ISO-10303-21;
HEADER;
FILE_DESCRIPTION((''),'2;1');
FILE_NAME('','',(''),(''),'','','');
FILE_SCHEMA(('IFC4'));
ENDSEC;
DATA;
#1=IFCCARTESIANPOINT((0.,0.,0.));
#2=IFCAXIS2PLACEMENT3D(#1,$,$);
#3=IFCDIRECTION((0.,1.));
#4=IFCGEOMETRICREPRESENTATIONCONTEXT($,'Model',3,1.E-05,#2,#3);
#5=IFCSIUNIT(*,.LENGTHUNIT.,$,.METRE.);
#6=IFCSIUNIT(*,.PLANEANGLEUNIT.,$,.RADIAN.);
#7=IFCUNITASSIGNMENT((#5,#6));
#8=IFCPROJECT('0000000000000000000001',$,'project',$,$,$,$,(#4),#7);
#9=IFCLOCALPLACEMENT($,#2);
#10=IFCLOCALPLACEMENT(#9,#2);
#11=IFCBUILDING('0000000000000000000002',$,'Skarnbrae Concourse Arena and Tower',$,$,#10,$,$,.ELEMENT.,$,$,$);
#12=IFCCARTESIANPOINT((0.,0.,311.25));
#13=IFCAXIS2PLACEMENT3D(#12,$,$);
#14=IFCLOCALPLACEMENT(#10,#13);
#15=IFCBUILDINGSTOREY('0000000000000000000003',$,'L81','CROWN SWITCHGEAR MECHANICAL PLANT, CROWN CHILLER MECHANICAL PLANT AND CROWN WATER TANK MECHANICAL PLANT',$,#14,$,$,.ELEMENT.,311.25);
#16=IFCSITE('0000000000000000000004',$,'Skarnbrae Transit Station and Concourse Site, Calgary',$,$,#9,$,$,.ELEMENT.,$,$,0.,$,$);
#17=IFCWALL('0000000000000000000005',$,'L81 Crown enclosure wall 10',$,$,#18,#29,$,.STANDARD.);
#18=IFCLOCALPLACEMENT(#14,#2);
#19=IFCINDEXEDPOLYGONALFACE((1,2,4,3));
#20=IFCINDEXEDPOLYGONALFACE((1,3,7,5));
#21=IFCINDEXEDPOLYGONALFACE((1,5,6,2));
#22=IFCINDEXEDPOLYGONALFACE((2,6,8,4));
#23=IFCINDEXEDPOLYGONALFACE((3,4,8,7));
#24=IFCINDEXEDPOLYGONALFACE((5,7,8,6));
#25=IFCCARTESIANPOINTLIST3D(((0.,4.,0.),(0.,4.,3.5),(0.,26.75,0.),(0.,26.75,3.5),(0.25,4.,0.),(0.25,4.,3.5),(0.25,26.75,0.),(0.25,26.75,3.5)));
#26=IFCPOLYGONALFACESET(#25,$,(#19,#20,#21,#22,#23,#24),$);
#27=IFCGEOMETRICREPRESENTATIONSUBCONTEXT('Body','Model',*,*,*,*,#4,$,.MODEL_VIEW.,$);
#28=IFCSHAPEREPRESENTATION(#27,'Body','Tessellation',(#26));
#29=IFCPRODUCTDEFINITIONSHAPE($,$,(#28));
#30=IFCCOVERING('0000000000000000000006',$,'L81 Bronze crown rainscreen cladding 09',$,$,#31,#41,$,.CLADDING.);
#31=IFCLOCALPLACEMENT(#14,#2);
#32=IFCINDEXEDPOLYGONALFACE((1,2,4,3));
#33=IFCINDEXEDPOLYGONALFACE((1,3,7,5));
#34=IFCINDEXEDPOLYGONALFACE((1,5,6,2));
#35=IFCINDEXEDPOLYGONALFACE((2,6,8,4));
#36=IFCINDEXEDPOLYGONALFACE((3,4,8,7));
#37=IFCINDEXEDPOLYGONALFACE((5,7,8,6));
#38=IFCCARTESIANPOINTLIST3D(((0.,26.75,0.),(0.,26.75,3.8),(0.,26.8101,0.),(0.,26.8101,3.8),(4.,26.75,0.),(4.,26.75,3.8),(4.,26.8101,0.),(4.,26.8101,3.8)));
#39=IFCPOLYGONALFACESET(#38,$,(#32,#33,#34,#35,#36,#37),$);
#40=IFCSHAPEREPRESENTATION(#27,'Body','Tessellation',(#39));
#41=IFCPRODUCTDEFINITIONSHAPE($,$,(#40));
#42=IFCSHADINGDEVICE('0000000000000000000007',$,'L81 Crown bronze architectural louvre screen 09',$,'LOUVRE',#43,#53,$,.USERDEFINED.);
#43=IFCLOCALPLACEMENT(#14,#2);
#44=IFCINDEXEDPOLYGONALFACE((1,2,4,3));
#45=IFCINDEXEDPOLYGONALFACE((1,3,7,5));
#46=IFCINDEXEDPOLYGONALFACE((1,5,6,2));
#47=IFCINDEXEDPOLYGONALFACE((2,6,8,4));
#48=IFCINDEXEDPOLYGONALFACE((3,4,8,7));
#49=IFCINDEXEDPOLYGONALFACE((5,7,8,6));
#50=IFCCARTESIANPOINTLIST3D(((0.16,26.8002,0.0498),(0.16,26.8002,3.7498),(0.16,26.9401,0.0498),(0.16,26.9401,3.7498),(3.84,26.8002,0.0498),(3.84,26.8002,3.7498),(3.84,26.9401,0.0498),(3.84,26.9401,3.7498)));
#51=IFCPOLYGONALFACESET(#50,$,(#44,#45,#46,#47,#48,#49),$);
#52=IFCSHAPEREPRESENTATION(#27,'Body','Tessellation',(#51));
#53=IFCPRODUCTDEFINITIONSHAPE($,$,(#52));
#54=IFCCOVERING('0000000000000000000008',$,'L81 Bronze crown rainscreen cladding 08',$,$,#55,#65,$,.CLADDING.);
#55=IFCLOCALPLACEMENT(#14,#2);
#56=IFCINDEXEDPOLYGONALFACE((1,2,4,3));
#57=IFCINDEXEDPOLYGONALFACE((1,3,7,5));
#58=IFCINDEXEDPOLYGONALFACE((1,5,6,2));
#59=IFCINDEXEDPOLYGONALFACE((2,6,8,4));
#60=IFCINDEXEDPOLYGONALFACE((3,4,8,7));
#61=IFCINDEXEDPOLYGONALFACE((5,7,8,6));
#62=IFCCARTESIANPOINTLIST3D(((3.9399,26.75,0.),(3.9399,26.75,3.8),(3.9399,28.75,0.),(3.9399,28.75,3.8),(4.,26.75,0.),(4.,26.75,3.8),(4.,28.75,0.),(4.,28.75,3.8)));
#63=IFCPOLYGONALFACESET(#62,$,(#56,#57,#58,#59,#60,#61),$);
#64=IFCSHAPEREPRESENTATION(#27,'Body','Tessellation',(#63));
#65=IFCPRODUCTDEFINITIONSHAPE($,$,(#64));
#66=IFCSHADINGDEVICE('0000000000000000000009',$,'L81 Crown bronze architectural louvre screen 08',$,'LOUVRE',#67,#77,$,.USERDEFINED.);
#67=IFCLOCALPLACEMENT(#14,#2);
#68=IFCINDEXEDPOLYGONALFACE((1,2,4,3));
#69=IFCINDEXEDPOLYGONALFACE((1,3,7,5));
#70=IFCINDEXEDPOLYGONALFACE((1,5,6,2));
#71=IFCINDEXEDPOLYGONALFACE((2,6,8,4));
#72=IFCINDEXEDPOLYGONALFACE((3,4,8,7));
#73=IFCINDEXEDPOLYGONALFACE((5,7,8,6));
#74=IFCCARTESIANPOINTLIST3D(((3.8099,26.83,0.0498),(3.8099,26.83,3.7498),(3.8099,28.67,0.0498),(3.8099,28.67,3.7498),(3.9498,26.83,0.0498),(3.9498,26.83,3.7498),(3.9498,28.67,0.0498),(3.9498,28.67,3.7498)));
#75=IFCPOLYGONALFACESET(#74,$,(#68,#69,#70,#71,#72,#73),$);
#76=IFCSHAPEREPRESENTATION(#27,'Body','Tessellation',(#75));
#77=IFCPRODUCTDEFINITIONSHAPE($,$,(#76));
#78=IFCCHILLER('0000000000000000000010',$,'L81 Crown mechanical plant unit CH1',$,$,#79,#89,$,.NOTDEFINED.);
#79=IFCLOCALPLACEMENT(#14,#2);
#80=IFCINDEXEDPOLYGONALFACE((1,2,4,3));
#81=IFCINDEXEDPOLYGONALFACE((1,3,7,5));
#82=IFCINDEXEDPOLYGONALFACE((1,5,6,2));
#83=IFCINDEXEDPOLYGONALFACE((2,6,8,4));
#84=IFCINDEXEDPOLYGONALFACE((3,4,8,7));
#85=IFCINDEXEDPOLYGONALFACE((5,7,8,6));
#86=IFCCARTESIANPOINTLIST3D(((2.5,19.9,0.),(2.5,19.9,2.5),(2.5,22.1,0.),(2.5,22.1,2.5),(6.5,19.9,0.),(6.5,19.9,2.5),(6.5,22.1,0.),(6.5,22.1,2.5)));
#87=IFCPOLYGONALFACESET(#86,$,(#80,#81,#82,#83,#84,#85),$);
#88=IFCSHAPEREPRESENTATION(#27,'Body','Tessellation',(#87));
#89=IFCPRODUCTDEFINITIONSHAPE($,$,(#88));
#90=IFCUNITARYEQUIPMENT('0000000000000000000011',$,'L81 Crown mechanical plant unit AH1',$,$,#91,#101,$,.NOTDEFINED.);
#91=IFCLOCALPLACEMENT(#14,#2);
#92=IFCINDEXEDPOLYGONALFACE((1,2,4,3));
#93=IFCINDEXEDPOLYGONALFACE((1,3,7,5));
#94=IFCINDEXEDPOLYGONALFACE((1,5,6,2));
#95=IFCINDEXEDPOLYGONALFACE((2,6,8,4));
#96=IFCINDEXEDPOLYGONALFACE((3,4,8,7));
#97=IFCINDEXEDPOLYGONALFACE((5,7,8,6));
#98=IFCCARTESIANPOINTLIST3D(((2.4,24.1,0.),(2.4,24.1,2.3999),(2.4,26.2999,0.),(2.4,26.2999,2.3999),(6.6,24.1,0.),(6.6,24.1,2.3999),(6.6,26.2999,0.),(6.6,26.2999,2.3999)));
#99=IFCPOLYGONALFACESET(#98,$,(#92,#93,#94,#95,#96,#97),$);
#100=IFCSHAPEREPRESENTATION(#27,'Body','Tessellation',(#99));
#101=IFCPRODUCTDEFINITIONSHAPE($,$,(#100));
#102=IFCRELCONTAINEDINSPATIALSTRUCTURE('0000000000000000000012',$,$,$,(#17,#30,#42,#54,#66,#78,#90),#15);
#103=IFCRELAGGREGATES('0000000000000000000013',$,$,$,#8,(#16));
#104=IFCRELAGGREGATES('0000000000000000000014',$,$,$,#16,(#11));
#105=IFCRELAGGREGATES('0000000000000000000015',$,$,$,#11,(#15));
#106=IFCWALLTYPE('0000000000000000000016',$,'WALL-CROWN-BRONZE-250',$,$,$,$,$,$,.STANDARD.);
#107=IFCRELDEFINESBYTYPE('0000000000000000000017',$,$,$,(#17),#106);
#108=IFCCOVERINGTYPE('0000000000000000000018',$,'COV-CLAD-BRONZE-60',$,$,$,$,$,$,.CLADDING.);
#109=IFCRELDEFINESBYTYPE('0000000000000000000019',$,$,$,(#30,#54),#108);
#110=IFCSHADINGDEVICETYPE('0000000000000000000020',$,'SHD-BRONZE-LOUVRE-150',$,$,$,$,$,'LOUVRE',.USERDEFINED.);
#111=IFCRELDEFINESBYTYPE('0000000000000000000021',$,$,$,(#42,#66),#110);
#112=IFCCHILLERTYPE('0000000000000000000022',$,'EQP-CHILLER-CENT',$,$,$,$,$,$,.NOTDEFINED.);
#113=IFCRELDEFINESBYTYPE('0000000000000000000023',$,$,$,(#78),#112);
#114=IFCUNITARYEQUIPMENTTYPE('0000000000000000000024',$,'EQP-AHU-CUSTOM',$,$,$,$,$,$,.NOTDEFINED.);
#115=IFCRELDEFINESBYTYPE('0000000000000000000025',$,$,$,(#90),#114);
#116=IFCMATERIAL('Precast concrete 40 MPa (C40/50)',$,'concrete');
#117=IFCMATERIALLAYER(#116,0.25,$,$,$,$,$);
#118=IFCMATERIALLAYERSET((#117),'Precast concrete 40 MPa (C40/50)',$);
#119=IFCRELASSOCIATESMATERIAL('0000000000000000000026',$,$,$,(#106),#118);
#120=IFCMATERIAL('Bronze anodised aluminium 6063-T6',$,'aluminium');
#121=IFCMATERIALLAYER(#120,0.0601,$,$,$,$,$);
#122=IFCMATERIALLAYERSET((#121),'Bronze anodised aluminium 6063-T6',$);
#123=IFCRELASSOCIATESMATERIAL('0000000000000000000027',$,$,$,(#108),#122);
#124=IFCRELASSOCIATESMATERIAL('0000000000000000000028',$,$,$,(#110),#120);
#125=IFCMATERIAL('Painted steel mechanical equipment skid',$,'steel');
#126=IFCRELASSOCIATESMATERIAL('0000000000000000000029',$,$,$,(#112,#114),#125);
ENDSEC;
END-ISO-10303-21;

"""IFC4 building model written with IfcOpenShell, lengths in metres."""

from ifc_helpers import new_model, si_unit, direction, frame, frame_2d, origin, origin_2d, place, context, subcontext, project, spatial, rectangle, extrude, source, transform, mapped, material, layer, layer_set, type_object, element, save


model = new_model("IFC4")

# Units and contexts
model_context = context("Model", 3, precision=1e-05, world=origin(), true_north=direction((0.0, 1.0)))
body_context = subcontext(model_context, "Body", "Model", "MODEL_VIEW")
ifc_project = project(units=[si_unit("LENGTHUNIT", "METRE"), si_unit("PLANEANGLEUNIT", "RADIAN")], contexts=[model_context])

# Site, building, storey
site_placement = place(None, origin())
site = spatial("IfcSite", under=ifc_project, at=site_placement, Name="Skarnbrae Transit Station and Concourse Site, Calgary", CompositionType="ELEMENT", RefElevation=0.0)
building_placement = place(site_placement, origin())
building = spatial("IfcBuilding", under=site, at=building_placement, Name="Skarnbrae Concourse Arena and Tower", CompositionType="ELEMENT")
storey_placement = place(building_placement, frame((0.0, 0.0, 311.25)))
storey = spatial("IfcBuildingStorey", under=building, at=storey_placement, Name="L81", Description="CROWN SWITCHGEAR MECHANICAL PLANT, CROWN CHILLER MECHANICAL PLANT AND CROWN WATER TANK MECHANICAL PLANT", CompositionType="ELEMENT", Elevation=311.25)

# Wall
ifc_material_1 = material(Name="Precast concrete 40 MPa (C40/50)", Category="concrete")
ifc_layer_1 = layer(ifc_material_1, 0.25)
ifc_layer_set_1 = layer_set([ifc_layer_1], Name="Precast concrete 40 MPa (C40/50)")
wall_type_1 = type_object("IfcWallType", Name="WALL-CROWN-BRONZE-250", PredefinedType="STANDARD", material=ifc_layer_set_1)
shared_shape_1 = source(origin(), body_context, "Body", "SweptSolid", [
    extrude(rectangle(XDim=22.75, YDim=0.25, at=frame_2d((11.375, 0.0))), origin(), (0.0, 0.0, 1.0), 3.5),
])
wall_1_placement = place(storey_placement, frame((0.125, 26.75, 0.0), z_axis=(0.0, 0.0, 1.0), x_axis=(0.0, -1.0, 0.0)))
element("IfcWall", 1, at=wall_1_placement, inside=storey, type_object=wall_type_1, Name="L81 Crown enclosure wall 10", PredefinedType="STANDARD", context=body_context, shape_type="MappedRepresentation", body=[
    mapped(shared_shape_1, transform((0.0, 0.0, 0.0))),
])

# Covering
ifc_material_2 = material(Name="Bronze anodised aluminium 6063-T6", Category="aluminium")
ifc_layer_2 = layer(ifc_material_2, 0.0601)
ifc_layer_set_2 = layer_set([ifc_layer_2], Name="Bronze anodised aluminium 6063-T6")
covering_type = type_object("IfcCoveringType", Name="COV-CLAD-BRONZE-60", PredefinedType="CLADDING", material=ifc_layer_set_2)
shared_shape_2 = source(origin(), body_context, "Body", "SweptSolid", [
    extrude(rectangle(XDim=4.0, YDim=0.0601, at=origin_2d()), origin(), (0.0, 0.0, 1.0), 3.8),
])
covering_1_placement = place(storey_placement, frame((2.0, 26.78, 0.0), z_axis=(0.0, 0.0, 1.0), x_axis=(-1.0, 0.0, 0.0)))
element("IfcCovering", 2, at=covering_1_placement, inside=storey, type_object=covering_type, Name="L81 Bronze crown rainscreen cladding 09", PredefinedType="CLADDING", context=body_context, shape_type="MappedRepresentation", body=[
    mapped(shared_shape_2, transform((0.0, 0.0, 0.0))),
])

# Shading device
shading_device_type = type_object("IfcShadingDeviceType", Name="SHD-BRONZE-LOUVRE-150", ElementType="LOUVRE", PredefinedType="USERDEFINED", material=ifc_material_2)
shared_shape_3 = source(origin(), body_context, "Body", "SweptSolid", [
    extrude(rectangle(XDim=3.6799, YDim=0.1399, at=origin_2d()), origin(), (0.0, 0.0, 1.0), 3.7),
])
shading_device_1_placement = place(storey_placement, frame((2.0, 26.8701, 0.0498), z_axis=(0.0, 0.0, 1.0), x_axis=(-1.0, 0.0, 0.0)))
element("IfcShadingDevice", 3, at=shading_device_1_placement, inside=storey, type_object=shading_device_type, Name="L81 Crown bronze architectural louvre screen 09", ObjectType="LOUVRE", PredefinedType="USERDEFINED", context=body_context, shape_type="MappedRepresentation", body=[
    mapped(shared_shape_3, transform((0.0, 0.0, 0.0))),
])

# Covering
shared_shape_4 = source(origin(), body_context, "Body", "SweptSolid", [
    extrude(rectangle(XDim=2.0, YDim=0.0601, at=origin_2d()), origin(), (0.0, 0.0, 1.0), 3.8),
])
covering_2_placement = place(storey_placement, frame((3.97, 27.75, 0.0), z_axis=(0.0, 0.0, 1.0), x_axis=(0.0, -1.0, 0.0)))
element("IfcCovering", 4, at=covering_2_placement, inside=storey, type_object=covering_type, Name="L81 Bronze crown rainscreen cladding 08", PredefinedType="CLADDING", context=body_context, shape_type="MappedRepresentation", body=[
    mapped(shared_shape_4, transform((0.0, 0.0, 0.0))),
])

# Shading device
shared_shape_5 = source(origin(), body_context, "Body", "SweptSolid", [
    extrude(rectangle(XDim=1.8401, YDim=0.1399, at=origin_2d()), origin(), (0.0, 0.0, 1.0), 3.7),
])
shading_device_2_placement = place(storey_placement, frame((3.8799, 27.75, 0.0498), z_axis=(0.0, 0.0, 1.0), x_axis=(0.0, -1.0, 0.0)))
element("IfcShadingDevice", 5, at=shading_device_2_placement, inside=storey, type_object=shading_device_type, Name="L81 Crown bronze architectural louvre screen 08", ObjectType="LOUVRE", PredefinedType="USERDEFINED", context=body_context, shape_type="MappedRepresentation", body=[
    mapped(shared_shape_5, transform((0.0, 0.0, 0.0))),
])

# Chiller
ifc_material_3 = material(Name="Painted steel mechanical equipment skid", Category="steel")
chiller_type = type_object("IfcChillerType", Name="EQP-CHILLER-CENT", PredefinedType="NOTDEFINED", material=ifc_material_3)
shared_shape_6 = source(origin(), body_context, "Body", "SweptSolid", [
    extrude(rectangle(XDim=4.0, YDim=2.2, at=origin_2d()), origin(), (0.0, 0.0, 1.0), 2.5),
])
chiller_placement = place(storey_placement, frame((4.5, 21.0, 0.0), z_axis=(0.0, 0.0, 1.0), x_axis=(1.0, 0.0, 0.0)))
element("IfcChiller", 6, at=chiller_placement, inside=storey, type_object=chiller_type, Name="L81 Crown mechanical plant unit CH1", PredefinedType="NOTDEFINED", context=body_context, shape_type="MappedRepresentation", body=[
    mapped(shared_shape_6, transform((0.0, 0.0, 0.0))),
])

# Unitary equipment
unitary_equipment_type = type_object("IfcUnitaryEquipmentType", Name="EQP-AHU-CUSTOM", PredefinedType="NOTDEFINED", material=ifc_material_3)
shared_shape_7 = source(origin(), body_context, "Body", "SweptSolid", [
    extrude(rectangle(XDim=4.2, YDim=2.2, at=origin_2d()), origin(), (0.0, 0.0, 1.0), 2.3999),
])
unitary_equipment_placement = place(storey_placement, frame((4.5, 25.2, 0.0), z_axis=(0.0, 0.0, 1.0), x_axis=(1.0, 0.0, 0.0)))
element("IfcUnitaryEquipment", 7, at=unitary_equipment_placement, inside=storey, type_object=unitary_equipment_type, Name="L81 Crown mechanical plant unit AH1", PredefinedType="NOTDEFINED", context=body_context, shape_type="MappedRepresentation", body=[
    mapped(shared_shape_7, transform((0.0, 0.0, 0.0))),
])

save(model, "model.ifc")
